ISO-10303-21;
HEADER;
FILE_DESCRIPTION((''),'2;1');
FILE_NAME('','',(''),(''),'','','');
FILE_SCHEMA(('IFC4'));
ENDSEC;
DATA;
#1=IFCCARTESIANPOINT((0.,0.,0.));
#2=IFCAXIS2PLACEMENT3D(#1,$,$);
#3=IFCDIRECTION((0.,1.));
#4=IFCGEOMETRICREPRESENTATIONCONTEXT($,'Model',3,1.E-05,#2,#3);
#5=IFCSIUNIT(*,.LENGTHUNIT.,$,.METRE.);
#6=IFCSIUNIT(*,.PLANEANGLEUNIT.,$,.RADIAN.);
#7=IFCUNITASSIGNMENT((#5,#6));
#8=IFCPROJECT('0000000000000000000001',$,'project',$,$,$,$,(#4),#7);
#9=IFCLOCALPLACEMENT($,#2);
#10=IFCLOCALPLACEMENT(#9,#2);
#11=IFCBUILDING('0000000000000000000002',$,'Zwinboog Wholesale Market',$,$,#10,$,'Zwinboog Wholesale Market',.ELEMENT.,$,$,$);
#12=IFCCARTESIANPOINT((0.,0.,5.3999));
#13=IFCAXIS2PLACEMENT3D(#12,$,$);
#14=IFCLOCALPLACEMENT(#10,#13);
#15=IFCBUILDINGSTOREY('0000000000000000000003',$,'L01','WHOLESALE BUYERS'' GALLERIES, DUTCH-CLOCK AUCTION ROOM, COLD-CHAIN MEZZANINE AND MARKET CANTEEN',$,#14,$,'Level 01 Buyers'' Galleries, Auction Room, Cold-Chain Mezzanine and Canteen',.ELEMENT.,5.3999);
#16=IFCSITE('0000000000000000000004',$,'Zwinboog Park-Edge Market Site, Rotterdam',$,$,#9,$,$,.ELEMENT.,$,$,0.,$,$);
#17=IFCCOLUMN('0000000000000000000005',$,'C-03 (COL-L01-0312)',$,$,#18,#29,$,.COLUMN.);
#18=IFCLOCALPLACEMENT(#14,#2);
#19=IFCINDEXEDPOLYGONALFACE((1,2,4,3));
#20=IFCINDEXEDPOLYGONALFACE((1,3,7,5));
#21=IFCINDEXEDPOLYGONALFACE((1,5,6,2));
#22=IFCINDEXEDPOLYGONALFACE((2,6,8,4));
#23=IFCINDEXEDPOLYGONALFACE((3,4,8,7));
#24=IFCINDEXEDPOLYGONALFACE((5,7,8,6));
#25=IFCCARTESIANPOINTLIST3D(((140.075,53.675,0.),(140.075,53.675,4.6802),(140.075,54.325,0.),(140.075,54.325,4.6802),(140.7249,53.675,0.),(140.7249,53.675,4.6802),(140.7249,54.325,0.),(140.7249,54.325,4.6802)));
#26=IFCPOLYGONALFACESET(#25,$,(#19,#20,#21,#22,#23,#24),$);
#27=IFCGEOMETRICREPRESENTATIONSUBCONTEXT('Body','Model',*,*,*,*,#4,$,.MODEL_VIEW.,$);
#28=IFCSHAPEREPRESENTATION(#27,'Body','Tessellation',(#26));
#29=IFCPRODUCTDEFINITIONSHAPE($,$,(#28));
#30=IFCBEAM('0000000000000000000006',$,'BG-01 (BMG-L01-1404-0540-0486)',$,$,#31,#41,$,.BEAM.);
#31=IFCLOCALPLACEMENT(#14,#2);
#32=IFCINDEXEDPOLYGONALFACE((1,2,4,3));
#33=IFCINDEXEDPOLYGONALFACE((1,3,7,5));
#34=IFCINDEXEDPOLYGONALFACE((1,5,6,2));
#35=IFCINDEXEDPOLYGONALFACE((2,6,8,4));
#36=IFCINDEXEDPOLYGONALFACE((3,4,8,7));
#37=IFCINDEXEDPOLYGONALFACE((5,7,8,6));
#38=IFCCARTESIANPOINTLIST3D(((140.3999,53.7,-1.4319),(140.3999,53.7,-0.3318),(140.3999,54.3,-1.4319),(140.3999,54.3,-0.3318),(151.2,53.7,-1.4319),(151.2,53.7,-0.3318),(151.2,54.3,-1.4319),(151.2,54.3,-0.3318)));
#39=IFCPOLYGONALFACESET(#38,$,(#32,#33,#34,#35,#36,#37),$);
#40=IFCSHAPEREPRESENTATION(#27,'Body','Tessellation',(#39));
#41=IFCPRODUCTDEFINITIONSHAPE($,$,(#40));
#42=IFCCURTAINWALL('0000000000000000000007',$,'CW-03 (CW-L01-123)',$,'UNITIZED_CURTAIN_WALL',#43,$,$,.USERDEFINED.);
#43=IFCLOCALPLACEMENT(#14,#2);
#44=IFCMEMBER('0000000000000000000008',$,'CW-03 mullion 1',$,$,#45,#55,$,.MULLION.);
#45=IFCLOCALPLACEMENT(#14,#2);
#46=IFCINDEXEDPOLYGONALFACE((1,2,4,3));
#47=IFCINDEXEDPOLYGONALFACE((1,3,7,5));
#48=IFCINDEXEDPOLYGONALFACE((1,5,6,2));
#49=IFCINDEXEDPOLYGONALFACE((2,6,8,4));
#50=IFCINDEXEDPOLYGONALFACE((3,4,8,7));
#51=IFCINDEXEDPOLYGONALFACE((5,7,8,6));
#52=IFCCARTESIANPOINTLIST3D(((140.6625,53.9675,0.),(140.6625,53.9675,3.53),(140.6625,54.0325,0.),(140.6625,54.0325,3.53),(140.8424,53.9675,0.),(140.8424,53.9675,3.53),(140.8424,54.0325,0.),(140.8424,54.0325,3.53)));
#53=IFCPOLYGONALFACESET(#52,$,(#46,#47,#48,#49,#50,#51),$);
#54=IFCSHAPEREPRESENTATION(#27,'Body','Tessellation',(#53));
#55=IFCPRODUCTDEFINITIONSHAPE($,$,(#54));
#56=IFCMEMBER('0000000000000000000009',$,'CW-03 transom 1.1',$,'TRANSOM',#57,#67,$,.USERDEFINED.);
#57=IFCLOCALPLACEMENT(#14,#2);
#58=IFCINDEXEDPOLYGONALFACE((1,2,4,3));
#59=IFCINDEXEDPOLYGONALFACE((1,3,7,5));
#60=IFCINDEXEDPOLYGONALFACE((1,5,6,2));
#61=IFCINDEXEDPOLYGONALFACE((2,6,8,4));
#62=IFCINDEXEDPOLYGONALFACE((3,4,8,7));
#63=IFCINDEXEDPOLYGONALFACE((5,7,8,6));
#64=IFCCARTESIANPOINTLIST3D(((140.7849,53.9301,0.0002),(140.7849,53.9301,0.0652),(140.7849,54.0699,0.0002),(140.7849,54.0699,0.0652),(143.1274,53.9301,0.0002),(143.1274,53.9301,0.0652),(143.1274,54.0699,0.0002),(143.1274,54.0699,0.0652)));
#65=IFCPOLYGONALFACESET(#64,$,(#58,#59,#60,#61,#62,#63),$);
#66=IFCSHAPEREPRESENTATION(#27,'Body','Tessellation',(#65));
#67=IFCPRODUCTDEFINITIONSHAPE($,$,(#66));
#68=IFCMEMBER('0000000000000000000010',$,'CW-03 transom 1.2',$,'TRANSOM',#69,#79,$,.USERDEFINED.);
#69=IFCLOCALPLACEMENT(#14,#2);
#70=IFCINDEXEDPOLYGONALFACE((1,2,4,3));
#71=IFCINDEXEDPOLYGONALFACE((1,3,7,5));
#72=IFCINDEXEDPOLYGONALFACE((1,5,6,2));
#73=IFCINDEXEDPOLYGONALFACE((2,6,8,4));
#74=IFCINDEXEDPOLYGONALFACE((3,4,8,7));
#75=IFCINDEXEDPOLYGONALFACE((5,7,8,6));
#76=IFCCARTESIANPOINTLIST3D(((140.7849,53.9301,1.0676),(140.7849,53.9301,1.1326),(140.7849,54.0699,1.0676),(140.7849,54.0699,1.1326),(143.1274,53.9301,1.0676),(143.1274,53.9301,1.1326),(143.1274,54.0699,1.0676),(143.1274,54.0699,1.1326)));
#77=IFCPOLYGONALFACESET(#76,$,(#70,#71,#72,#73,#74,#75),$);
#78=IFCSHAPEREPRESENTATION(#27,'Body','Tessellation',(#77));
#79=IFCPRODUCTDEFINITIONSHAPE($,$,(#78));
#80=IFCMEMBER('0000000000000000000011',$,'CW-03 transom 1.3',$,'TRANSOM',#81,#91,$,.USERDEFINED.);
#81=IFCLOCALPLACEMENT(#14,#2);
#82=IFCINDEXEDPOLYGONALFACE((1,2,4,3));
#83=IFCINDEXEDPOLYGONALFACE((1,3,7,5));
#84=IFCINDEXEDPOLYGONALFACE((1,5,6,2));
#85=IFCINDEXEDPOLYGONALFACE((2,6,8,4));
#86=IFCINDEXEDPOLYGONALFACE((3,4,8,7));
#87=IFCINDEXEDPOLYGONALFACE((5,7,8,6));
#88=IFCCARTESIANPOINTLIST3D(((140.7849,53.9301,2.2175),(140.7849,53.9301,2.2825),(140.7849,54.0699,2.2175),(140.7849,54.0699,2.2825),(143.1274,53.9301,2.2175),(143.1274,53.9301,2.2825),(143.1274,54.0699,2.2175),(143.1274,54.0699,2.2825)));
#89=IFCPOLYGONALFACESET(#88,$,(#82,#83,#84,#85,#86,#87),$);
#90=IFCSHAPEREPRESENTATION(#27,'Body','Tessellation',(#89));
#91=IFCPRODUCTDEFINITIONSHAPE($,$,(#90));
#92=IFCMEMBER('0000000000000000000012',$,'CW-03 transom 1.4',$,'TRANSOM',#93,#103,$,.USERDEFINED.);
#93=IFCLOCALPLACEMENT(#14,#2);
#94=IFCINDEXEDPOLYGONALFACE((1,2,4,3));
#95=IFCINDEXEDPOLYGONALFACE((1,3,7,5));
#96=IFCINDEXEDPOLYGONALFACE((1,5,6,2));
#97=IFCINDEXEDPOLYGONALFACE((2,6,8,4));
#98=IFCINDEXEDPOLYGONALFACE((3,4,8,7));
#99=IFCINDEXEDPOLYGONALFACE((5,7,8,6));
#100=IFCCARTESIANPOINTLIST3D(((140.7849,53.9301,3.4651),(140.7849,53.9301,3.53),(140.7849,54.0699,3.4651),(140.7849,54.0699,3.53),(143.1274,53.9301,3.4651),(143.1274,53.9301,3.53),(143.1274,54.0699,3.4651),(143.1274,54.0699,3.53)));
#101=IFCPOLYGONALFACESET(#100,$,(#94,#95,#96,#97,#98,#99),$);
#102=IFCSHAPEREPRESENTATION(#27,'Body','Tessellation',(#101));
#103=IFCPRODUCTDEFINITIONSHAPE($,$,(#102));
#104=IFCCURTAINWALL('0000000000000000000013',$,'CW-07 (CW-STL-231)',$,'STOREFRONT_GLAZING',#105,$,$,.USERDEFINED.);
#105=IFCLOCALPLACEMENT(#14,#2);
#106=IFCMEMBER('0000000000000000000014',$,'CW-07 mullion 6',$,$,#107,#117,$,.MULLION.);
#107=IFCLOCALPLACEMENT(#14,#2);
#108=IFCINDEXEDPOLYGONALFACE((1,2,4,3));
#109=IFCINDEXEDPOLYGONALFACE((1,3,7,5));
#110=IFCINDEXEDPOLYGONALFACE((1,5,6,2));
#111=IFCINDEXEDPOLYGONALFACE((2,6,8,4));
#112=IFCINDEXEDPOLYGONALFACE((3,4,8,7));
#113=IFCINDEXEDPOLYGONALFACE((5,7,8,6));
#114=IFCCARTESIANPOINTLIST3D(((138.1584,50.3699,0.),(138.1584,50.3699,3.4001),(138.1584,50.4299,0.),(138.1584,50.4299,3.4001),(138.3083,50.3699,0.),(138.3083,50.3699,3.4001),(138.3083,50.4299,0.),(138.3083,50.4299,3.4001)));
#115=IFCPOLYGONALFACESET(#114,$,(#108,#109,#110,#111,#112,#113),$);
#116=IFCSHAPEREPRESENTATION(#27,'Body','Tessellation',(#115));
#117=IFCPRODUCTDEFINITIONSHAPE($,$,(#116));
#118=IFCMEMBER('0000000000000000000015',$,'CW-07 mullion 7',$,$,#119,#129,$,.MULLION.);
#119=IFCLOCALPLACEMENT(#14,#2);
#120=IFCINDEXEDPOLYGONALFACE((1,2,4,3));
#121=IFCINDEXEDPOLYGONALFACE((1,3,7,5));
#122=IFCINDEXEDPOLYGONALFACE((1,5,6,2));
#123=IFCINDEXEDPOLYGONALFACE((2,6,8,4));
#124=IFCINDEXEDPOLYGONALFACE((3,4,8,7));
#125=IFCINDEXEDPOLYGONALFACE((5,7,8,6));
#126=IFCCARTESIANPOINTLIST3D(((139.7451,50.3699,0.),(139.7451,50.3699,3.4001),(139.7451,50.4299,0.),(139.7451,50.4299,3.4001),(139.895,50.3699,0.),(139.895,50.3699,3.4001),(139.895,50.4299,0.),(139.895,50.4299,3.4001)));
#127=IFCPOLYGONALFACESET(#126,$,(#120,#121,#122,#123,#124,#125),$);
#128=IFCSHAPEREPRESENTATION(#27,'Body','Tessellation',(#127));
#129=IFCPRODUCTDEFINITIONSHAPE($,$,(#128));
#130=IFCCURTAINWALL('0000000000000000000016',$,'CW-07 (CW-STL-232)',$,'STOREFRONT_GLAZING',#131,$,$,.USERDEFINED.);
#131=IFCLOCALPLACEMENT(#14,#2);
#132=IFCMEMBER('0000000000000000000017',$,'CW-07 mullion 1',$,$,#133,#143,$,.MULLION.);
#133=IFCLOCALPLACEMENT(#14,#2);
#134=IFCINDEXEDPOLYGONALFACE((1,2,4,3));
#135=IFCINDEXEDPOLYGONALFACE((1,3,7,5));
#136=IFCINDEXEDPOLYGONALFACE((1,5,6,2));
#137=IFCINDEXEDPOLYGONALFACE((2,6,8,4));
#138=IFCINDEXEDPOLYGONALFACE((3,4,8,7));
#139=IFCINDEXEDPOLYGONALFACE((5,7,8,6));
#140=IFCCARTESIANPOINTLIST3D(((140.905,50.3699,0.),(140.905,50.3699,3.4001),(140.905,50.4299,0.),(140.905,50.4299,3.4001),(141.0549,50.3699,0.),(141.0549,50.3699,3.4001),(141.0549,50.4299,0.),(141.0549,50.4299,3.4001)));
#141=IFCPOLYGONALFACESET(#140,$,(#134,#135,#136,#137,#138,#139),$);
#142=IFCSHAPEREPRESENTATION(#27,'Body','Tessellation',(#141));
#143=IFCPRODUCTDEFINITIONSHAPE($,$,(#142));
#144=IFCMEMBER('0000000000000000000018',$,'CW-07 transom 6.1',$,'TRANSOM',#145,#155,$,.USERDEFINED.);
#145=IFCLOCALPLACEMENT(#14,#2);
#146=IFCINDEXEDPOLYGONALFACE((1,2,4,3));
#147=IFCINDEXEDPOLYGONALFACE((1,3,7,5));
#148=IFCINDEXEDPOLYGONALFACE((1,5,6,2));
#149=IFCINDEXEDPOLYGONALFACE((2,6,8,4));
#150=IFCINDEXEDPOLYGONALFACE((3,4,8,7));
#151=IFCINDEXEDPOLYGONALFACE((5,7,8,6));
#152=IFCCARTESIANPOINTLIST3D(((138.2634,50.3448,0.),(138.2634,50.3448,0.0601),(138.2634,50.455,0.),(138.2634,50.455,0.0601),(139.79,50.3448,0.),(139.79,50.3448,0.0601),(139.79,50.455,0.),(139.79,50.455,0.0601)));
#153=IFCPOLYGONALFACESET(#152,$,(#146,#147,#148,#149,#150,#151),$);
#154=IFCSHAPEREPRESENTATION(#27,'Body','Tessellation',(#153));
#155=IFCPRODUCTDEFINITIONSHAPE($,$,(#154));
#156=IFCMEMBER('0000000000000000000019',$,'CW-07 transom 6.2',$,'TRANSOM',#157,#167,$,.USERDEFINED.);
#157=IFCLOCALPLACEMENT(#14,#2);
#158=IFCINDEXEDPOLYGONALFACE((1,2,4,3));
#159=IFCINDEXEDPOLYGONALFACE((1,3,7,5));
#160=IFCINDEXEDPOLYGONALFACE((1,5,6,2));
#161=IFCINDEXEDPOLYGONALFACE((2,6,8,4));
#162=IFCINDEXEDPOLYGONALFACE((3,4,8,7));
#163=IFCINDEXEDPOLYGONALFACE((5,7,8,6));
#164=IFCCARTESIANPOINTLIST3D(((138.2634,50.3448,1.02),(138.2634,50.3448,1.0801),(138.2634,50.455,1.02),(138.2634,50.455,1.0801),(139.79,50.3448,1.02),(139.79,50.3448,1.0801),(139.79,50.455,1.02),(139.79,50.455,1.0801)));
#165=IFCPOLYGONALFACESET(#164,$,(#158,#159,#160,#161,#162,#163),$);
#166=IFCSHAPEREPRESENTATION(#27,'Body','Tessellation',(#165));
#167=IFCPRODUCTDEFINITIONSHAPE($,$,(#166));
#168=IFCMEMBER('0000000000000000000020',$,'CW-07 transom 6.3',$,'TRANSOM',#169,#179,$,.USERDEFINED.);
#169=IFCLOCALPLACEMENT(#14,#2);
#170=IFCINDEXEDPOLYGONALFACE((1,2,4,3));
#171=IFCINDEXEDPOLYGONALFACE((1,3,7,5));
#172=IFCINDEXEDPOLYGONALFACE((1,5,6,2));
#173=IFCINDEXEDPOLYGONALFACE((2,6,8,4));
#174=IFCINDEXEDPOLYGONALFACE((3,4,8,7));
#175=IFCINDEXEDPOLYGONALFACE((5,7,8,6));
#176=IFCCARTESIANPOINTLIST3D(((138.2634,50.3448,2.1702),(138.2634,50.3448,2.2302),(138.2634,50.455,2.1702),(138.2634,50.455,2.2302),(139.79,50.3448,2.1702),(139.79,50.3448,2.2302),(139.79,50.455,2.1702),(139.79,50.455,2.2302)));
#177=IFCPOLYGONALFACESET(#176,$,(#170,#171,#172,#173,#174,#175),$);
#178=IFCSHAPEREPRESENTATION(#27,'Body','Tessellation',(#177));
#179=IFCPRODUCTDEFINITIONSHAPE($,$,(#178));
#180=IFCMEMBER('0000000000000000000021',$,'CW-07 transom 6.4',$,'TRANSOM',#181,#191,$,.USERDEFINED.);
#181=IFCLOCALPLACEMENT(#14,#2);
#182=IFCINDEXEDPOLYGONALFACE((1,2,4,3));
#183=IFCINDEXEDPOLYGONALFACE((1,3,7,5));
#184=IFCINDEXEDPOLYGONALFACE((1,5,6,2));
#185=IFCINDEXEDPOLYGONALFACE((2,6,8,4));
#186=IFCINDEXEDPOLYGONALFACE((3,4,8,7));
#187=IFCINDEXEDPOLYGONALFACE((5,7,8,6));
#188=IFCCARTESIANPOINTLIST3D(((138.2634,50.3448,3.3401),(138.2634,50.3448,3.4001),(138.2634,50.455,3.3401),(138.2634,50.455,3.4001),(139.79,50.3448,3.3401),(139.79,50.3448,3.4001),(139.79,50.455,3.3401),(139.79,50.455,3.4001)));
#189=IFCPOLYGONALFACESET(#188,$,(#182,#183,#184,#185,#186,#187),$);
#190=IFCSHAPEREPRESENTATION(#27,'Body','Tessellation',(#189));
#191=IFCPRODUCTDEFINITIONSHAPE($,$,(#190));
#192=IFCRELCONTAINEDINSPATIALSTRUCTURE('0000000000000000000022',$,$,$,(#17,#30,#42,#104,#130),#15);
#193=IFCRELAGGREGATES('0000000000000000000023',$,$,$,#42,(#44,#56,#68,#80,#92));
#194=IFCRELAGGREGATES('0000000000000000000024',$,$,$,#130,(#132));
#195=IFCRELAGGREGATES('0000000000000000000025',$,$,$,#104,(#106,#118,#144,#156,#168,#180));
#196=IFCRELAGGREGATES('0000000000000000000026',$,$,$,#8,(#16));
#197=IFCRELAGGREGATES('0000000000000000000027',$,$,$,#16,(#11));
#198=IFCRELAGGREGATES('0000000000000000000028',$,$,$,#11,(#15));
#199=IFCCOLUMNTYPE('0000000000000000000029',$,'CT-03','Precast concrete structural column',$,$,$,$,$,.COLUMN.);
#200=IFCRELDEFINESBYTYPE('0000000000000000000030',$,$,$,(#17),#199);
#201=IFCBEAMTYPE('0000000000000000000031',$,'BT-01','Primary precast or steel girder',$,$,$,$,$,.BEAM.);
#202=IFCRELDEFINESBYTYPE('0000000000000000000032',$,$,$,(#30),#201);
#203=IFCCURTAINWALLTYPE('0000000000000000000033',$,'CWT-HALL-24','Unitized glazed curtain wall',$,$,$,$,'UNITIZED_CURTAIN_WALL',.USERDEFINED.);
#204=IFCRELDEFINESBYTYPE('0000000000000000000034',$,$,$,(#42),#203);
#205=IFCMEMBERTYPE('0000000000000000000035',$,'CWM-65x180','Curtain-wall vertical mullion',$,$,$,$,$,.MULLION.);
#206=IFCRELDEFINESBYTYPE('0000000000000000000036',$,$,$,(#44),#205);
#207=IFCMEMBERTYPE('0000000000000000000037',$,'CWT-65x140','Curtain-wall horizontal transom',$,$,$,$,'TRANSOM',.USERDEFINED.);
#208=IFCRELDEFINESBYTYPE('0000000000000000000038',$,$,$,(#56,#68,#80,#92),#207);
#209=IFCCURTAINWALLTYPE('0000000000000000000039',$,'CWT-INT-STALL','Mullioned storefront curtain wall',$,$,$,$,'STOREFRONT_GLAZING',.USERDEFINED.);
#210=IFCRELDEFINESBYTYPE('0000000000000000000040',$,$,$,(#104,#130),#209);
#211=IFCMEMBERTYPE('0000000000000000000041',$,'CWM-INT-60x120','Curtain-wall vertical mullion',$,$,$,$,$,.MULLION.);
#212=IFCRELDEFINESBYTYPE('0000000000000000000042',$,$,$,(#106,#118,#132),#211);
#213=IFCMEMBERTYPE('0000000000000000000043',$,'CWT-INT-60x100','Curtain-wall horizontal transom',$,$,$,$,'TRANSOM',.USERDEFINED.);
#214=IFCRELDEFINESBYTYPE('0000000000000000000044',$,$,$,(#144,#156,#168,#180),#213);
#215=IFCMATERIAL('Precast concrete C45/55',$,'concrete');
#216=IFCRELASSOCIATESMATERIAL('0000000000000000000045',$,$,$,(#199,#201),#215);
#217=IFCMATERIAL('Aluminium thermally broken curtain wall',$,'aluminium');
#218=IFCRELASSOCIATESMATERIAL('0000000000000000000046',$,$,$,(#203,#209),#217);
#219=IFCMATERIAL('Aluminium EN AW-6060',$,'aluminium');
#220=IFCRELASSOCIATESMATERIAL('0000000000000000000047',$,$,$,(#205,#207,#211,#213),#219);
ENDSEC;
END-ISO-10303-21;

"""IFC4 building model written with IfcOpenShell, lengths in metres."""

from ifc_helpers import new_model, si_unit, direction, frame, origin, origin_2d, place, context, subcontext, project, spatial, rectangle, extrude, material, material_profile, profile_set, type_object, element, aggregate, save


model = new_model("IFC4")

# Units and contexts
model_context = context("Model", 3, precision=1e-05, world=origin(), true_north=direction((0.0, 1.0)))
body_context = subcontext(model_context, "Body", "Model", "MODEL_VIEW")
ifc_project = project(units=[si_unit("LENGTHUNIT", "METRE"), si_unit("PLANEANGLEUNIT", "RADIAN")], contexts=[model_context])

# Site, building, storey
site_placement = place(None, origin())
site = spatial("IfcSite", under=ifc_project, at=site_placement, Name="Zwinboog Park-Edge Market Site, Rotterdam", CompositionType="ELEMENT", RefElevation=0.0)
building_placement = place(site_placement, origin())
building = spatial("IfcBuilding", under=site, at=building_placement, Name="Zwinboog Wholesale Market", LongName="Zwinboog Wholesale Market", CompositionType="ELEMENT")
storey_placement = place(building_placement, frame((0.0, 0.0, 5.3999)))
storey = spatial("IfcBuildingStorey", under=building, at=storey_placement, Name="L01", Description="WHOLESALE BUYERS' GALLERIES, DUTCH-CLOCK AUCTION ROOM, COLD-CHAIN MEZZANINE AND MARKET CANTEEN", LongName="Level 01 Buyers' Galleries, Auction Room, Cold-Chain Mezzanine and Canteen", CompositionType="ELEMENT", Elevation=5.3999)

# Column
ifc_material_1 = material(Name="Precast concrete C45/55", Category="concrete")
ifc_material_profile_1 = material_profile(ifc_material_1, rectangle(XDim=0.6499, YDim=0.6499, at=origin_2d()), Name="PC 650x650")
ifc_profile_set_1 = profile_set([ifc_material_profile_1], Name="Precast concrete C45/55")
column_type = type_object("IfcColumnType", Name="CT-03", Description="Precast concrete structural column", PredefinedType="COLUMN", material=ifc_profile_set_1)
column_placement = place(storey_placement, frame((140.3999, 54.0, 0.0), z_axis=(0.0, 0.0, 1.0), x_axis=(1.0, 0.0, 0.0)))
element("IfcColumn", 1, at=column_placement, inside=storey, type_object=column_type, Name="C-03 (COL-L01-0312)", PredefinedType="COLUMN", context=body_context, shape_type="SweptSolid", body=[
    extrude(rectangle(XDim=0.6499, YDim=0.6499, at=origin_2d()), origin(), (0.0, 0.0, 1.0), 4.6802),
])

# Beam
ifc_material_profile_2 = material_profile(ifc_material_1, rectangle(XDim=0.6001, YDim=1.1001, at=origin_2d()), Name="PC 600x1100")
ifc_profile_set_2 = profile_set([ifc_material_profile_2], Name="Precast concrete C45/55")
beam_type = type_object("IfcBeamType", Name="BT-01", Description="Primary precast or steel girder", PredefinedType="BEAM", material=ifc_profile_set_2)
beam_placement = place(storey_placement, frame((140.3999, 54.0, -0.8818), z_axis=(1.0, 0.0, 0.0), x_axis=(0.0, 1.0, 0.0)))
element("IfcBeam", 2, at=beam_placement, inside=storey, type_object=beam_type, Name="BG-01 (BMG-L01-1404-0540-0486)", PredefinedType="BEAM", context=body_context, shape_type="SweptSolid", body=[
    extrude(rectangle(XDim=0.6001, YDim=1.1001, at=origin_2d()), origin(), (0.0, 0.0, 1.0), 10.8),
])

# Curtain walls, members
ifc_material_2 = material(Name="Aluminium thermally broken curtain wall", Category="aluminium")
curtain_wall_type_1 = type_object("IfcCurtainWallType", Name="CWT-HALL-24", Description="Unitized glazed curtain wall", ElementType="UNITIZED_CURTAIN_WALL", PredefinedType="USERDEFINED", material=ifc_material_2)
curtain_wall_1_placement = place(storey_placement, origin())
curtain_wall_1 = element("IfcCurtainWall", 3, at=curtain_wall_1_placement, inside=storey, type_object=curtain_wall_type_1, Name="CW-03 (CW-L01-123)", ObjectType="UNITIZED_CURTAIN_WALL", PredefinedType="USERDEFINED")
ifc_material_3 = material(Name="Aluminium EN AW-6060", Category="aluminium")
ifc_material_profile_3 = material_profile(ifc_material_3, rectangle(XDim=0.0649, YDim=0.1799, at=origin_2d()), Name="AL 65x180")
ifc_profile_set_3 = profile_set([ifc_material_profile_3], Name="Aluminium EN AW-6060")
member_type_1 = type_object("IfcMemberType", Name="CWM-65x180", Description="Curtain-wall vertical mullion", PredefinedType="MULLION", material=ifc_profile_set_3)
member_1_placement = place(storey_placement, frame((140.7524, 54.0, 0.0), z_axis=(0.0, 0.0, 1.0), x_axis=(0.0, 1.0, 0.0)))
member_1 = element("IfcMember", 4, at=member_1_placement, type_object=member_type_1, Name="CW-03 mullion 1", PredefinedType="MULLION", context=body_context, shape_type="SweptSolid", body=[
    extrude(rectangle(XDim=0.0649, YDim=0.1799, at=origin_2d()), origin(), (0.0, 0.0, 1.0), 3.53),
])
ifc_material_profile_4 = material_profile(ifc_material_3, rectangle(XDim=0.1399, YDim=0.0649, at=origin_2d()), Name="AL 65x140")
ifc_profile_set_4 = profile_set([ifc_material_profile_4], Name="Aluminium EN AW-6060")
member_type_2 = type_object("IfcMemberType", Name="CWT-65x140", Description="Curtain-wall horizontal transom", ElementType="TRANSOM", PredefinedType="USERDEFINED", material=ifc_profile_set_4)
member_2_placement = place(storey_placement, frame((140.7849, 54.0, 0.0327), z_axis=(1.0, 0.0, 0.0), x_axis=(0.0, 1.0, 0.0)))
member_2 = element("IfcMember", 5, at=member_2_placement, type_object=member_type_2, Name="CW-03 transom 1.1", ObjectType="TRANSOM", PredefinedType="USERDEFINED", context=body_context, shape_type="SweptSolid", body=[
    extrude(rectangle(XDim=0.1399, YDim=0.0649, at=origin_2d()), origin(), (0.0, 0.0, 1.0), 2.3425),
])
member_3_placement = place(storey_placement, frame((140.7849, 54.0, 1.1001), z_axis=(1.0, 0.0, 0.0), x_axis=(0.0, 1.0, 0.0)))
member_3 = element("IfcMember", 6, at=member_3_placement, type_object=member_type_2, Name="CW-03 transom 1.2", ObjectType="TRANSOM", PredefinedType="USERDEFINED", context=body_context, shape_type="SweptSolid", body=[
    extrude(rectangle(XDim=0.1399, YDim=0.0649, at=origin_2d()), origin(), (0.0, 0.0, 1.0), 2.3425),
])
member_4_placement = place(storey_placement, frame((140.7849, 54.0, 2.25), z_axis=(1.0, 0.0, 0.0), x_axis=(0.0, 1.0, 0.0)))
member_4 = element("IfcMember", 7, at=member_4_placement, type_object=member_type_2, Name="CW-03 transom 1.3", ObjectType="TRANSOM", PredefinedType="USERDEFINED", context=body_context, shape_type="SweptSolid", body=[
    extrude(rectangle(XDim=0.1399, YDim=0.0649, at=origin_2d()), origin(), (0.0, 0.0, 1.0), 2.3425),
])
member_5_placement = place(storey_placement, frame((140.7849, 54.0, 3.4976), z_axis=(1.0, 0.0, 0.0), x_axis=(0.0, 1.0, 0.0)))
member_5 = element("IfcMember", 8, at=member_5_placement, type_object=member_type_2, Name="CW-03 transom 1.4", ObjectType="TRANSOM", PredefinedType="USERDEFINED", context=body_context, shape_type="SweptSolid", body=[
    extrude(rectangle(XDim=0.1399, YDim=0.0649, at=origin_2d()), origin(), (0.0, 0.0, 1.0), 2.3425),
])
aggregate(curtain_wall_1, [member_1, member_2, member_3, member_4, member_5])
curtain_wall_type_2 = type_object("IfcCurtainWallType", Name="CWT-INT-STALL", Description="Mullioned storefront curtain wall", ElementType="STOREFRONT_GLAZING", PredefinedType="USERDEFINED", material=ifc_material_2)
curtain_wall_2_placement = place(storey_placement, origin())
curtain_wall_2 = element("IfcCurtainWall", 9, at=curtain_wall_2_placement, inside=storey, type_object=curtain_wall_type_2, Name="CW-07 (CW-STL-231)", ObjectType="STOREFRONT_GLAZING", PredefinedType="USERDEFINED")
ifc_material_profile_5 = material_profile(ifc_material_3, rectangle(XDim=0.0601, YDim=0.1499, at=origin_2d()), Name="AL 60x150")
ifc_profile_set_5 = profile_set([ifc_material_profile_5], Name="Aluminium EN AW-6060")
member_type_3 = type_object("IfcMemberType", Name="CWM-INT-60x120", Description="Curtain-wall vertical mullion", PredefinedType="MULLION", material=ifc_profile_set_5)
member_6_placement = place(storey_placement, frame((138.2334, 50.3999, 0.0), z_axis=(0.0, 0.0, 1.0), x_axis=(0.0, 1.0, 0.0)))
member_6 = element("IfcMember", 10, at=member_6_placement, type_object=member_type_3, Name="CW-07 mullion 6", PredefinedType="MULLION", context=body_context, shape_type="SweptSolid", body=[
    extrude(rectangle(XDim=0.0601, YDim=0.1499, at=origin_2d()), origin(), (0.0, 0.0, 1.0), 3.4001),
])
member_7_placement = place(storey_placement, frame((139.8201, 50.3999, 0.0), z_axis=(0.0, 0.0, 1.0), x_axis=(0.0, 1.0, 0.0)))
member_7 = element("IfcMember", 11, at=member_7_placement, type_object=member_type_3, Name="CW-07 mullion 7", PredefinedType="MULLION", context=body_context, shape_type="SweptSolid", body=[
    extrude(rectangle(XDim=0.0601, YDim=0.1499, at=origin_2d()), origin(), (0.0, 0.0, 1.0), 3.4001),
])

# Curtain wall, member
curtain_wall_3_placement = place(storey_placement, origin())
curtain_wall_3 = element("IfcCurtainWall", 12, at=curtain_wall_3_placement, inside=storey, type_object=curtain_wall_type_2, Name="CW-07 (CW-STL-232)", ObjectType="STOREFRONT_GLAZING", PredefinedType="USERDEFINED")
member_8_placement = place(storey_placement, frame((140.98, 50.3999, 0.0), z_axis=(0.0, 0.0, 1.0), x_axis=(0.0, 1.0, 0.0)))
member_8 = element("IfcMember", 13, at=member_8_placement, type_object=member_type_3, Name="CW-07 mullion 1", PredefinedType="MULLION", context=body_context, shape_type="SweptSolid", body=[
    extrude(rectangle(XDim=0.0601, YDim=0.1499, at=origin_2d()), origin(), (0.0, 0.0, 1.0), 3.4001),
])

# Members
ifc_material_profile_6 = material_profile(ifc_material_3, rectangle(XDim=0.1101, YDim=0.0601, at=origin_2d()), Name="AL 60x110")
ifc_profile_set_6 = profile_set([ifc_material_profile_6], Name="Aluminium EN AW-6060")
member_type_4 = type_object("IfcMemberType", Name="CWT-INT-60x100", Description="Curtain-wall horizontal transom", ElementType="TRANSOM", PredefinedType="USERDEFINED", material=ifc_profile_set_6)
member_9_placement = place(storey_placement, frame((138.2634, 50.3999, 0.03), z_axis=(1.0, 0.0, 0.0), x_axis=(0.0, 1.0, 0.0)))
member_9 = element("IfcMember", 14, at=member_9_placement, type_object=member_type_4, Name="CW-07 transom 6.1", ObjectType="TRANSOM", PredefinedType="USERDEFINED", context=body_context, shape_type="SweptSolid", body=[
    extrude(rectangle(XDim=0.1101, YDim=0.0601, at=origin_2d()), origin(), (0.0, 0.0, 1.0), 1.5266),
])
member_10_placement = place(storey_placement, frame((138.2634, 50.3999, 1.05), z_axis=(1.0, 0.0, 0.0), x_axis=(0.0, 1.0, 0.0)))
member_10 = element("IfcMember", 15, at=member_10_placement, type_object=member_type_4, Name="CW-07 transom 6.2", ObjectType="TRANSOM", PredefinedType="USERDEFINED", context=body_context, shape_type="SweptSolid", body=[
    extrude(rectangle(XDim=0.1101, YDim=0.0601, at=origin_2d()), origin(), (0.0, 0.0, 1.0), 1.5266),
])
member_11_placement = place(storey_placement, frame((138.2634, 50.3999, 2.2002), z_axis=(1.0, 0.0, 0.0), x_axis=(0.0, 1.0, 0.0)))
member_11 = element("IfcMember", 16, at=member_11_placement, type_object=member_type_4, Name="CW-07 transom 6.3", ObjectType="TRANSOM", PredefinedType="USERDEFINED", context=body_context, shape_type="SweptSolid", body=[
    extrude(rectangle(XDim=0.1101, YDim=0.0601, at=origin_2d()), origin(), (0.0, 0.0, 1.0), 1.5266),
])
member_12_placement = place(storey_placement, frame((138.2634, 50.3999, 3.3701), z_axis=(1.0, 0.0, 0.0), x_axis=(0.0, 1.0, 0.0)))
member_12 = element("IfcMember", 17, at=member_12_placement, type_object=member_type_4, Name="CW-07 transom 6.4", ObjectType="TRANSOM", PredefinedType="USERDEFINED", context=body_context, shape_type="SweptSolid", body=[
    extrude(rectangle(XDim=0.1101, YDim=0.0601, at=origin_2d()), origin(), (0.0, 0.0, 1.0), 1.5266),
])
aggregate(curtain_wall_3, [member_8])

aggregate(curtain_wall_2, [member_6, member_7, member_9, member_10, member_11, member_12])

save(model, "model.ifc")
